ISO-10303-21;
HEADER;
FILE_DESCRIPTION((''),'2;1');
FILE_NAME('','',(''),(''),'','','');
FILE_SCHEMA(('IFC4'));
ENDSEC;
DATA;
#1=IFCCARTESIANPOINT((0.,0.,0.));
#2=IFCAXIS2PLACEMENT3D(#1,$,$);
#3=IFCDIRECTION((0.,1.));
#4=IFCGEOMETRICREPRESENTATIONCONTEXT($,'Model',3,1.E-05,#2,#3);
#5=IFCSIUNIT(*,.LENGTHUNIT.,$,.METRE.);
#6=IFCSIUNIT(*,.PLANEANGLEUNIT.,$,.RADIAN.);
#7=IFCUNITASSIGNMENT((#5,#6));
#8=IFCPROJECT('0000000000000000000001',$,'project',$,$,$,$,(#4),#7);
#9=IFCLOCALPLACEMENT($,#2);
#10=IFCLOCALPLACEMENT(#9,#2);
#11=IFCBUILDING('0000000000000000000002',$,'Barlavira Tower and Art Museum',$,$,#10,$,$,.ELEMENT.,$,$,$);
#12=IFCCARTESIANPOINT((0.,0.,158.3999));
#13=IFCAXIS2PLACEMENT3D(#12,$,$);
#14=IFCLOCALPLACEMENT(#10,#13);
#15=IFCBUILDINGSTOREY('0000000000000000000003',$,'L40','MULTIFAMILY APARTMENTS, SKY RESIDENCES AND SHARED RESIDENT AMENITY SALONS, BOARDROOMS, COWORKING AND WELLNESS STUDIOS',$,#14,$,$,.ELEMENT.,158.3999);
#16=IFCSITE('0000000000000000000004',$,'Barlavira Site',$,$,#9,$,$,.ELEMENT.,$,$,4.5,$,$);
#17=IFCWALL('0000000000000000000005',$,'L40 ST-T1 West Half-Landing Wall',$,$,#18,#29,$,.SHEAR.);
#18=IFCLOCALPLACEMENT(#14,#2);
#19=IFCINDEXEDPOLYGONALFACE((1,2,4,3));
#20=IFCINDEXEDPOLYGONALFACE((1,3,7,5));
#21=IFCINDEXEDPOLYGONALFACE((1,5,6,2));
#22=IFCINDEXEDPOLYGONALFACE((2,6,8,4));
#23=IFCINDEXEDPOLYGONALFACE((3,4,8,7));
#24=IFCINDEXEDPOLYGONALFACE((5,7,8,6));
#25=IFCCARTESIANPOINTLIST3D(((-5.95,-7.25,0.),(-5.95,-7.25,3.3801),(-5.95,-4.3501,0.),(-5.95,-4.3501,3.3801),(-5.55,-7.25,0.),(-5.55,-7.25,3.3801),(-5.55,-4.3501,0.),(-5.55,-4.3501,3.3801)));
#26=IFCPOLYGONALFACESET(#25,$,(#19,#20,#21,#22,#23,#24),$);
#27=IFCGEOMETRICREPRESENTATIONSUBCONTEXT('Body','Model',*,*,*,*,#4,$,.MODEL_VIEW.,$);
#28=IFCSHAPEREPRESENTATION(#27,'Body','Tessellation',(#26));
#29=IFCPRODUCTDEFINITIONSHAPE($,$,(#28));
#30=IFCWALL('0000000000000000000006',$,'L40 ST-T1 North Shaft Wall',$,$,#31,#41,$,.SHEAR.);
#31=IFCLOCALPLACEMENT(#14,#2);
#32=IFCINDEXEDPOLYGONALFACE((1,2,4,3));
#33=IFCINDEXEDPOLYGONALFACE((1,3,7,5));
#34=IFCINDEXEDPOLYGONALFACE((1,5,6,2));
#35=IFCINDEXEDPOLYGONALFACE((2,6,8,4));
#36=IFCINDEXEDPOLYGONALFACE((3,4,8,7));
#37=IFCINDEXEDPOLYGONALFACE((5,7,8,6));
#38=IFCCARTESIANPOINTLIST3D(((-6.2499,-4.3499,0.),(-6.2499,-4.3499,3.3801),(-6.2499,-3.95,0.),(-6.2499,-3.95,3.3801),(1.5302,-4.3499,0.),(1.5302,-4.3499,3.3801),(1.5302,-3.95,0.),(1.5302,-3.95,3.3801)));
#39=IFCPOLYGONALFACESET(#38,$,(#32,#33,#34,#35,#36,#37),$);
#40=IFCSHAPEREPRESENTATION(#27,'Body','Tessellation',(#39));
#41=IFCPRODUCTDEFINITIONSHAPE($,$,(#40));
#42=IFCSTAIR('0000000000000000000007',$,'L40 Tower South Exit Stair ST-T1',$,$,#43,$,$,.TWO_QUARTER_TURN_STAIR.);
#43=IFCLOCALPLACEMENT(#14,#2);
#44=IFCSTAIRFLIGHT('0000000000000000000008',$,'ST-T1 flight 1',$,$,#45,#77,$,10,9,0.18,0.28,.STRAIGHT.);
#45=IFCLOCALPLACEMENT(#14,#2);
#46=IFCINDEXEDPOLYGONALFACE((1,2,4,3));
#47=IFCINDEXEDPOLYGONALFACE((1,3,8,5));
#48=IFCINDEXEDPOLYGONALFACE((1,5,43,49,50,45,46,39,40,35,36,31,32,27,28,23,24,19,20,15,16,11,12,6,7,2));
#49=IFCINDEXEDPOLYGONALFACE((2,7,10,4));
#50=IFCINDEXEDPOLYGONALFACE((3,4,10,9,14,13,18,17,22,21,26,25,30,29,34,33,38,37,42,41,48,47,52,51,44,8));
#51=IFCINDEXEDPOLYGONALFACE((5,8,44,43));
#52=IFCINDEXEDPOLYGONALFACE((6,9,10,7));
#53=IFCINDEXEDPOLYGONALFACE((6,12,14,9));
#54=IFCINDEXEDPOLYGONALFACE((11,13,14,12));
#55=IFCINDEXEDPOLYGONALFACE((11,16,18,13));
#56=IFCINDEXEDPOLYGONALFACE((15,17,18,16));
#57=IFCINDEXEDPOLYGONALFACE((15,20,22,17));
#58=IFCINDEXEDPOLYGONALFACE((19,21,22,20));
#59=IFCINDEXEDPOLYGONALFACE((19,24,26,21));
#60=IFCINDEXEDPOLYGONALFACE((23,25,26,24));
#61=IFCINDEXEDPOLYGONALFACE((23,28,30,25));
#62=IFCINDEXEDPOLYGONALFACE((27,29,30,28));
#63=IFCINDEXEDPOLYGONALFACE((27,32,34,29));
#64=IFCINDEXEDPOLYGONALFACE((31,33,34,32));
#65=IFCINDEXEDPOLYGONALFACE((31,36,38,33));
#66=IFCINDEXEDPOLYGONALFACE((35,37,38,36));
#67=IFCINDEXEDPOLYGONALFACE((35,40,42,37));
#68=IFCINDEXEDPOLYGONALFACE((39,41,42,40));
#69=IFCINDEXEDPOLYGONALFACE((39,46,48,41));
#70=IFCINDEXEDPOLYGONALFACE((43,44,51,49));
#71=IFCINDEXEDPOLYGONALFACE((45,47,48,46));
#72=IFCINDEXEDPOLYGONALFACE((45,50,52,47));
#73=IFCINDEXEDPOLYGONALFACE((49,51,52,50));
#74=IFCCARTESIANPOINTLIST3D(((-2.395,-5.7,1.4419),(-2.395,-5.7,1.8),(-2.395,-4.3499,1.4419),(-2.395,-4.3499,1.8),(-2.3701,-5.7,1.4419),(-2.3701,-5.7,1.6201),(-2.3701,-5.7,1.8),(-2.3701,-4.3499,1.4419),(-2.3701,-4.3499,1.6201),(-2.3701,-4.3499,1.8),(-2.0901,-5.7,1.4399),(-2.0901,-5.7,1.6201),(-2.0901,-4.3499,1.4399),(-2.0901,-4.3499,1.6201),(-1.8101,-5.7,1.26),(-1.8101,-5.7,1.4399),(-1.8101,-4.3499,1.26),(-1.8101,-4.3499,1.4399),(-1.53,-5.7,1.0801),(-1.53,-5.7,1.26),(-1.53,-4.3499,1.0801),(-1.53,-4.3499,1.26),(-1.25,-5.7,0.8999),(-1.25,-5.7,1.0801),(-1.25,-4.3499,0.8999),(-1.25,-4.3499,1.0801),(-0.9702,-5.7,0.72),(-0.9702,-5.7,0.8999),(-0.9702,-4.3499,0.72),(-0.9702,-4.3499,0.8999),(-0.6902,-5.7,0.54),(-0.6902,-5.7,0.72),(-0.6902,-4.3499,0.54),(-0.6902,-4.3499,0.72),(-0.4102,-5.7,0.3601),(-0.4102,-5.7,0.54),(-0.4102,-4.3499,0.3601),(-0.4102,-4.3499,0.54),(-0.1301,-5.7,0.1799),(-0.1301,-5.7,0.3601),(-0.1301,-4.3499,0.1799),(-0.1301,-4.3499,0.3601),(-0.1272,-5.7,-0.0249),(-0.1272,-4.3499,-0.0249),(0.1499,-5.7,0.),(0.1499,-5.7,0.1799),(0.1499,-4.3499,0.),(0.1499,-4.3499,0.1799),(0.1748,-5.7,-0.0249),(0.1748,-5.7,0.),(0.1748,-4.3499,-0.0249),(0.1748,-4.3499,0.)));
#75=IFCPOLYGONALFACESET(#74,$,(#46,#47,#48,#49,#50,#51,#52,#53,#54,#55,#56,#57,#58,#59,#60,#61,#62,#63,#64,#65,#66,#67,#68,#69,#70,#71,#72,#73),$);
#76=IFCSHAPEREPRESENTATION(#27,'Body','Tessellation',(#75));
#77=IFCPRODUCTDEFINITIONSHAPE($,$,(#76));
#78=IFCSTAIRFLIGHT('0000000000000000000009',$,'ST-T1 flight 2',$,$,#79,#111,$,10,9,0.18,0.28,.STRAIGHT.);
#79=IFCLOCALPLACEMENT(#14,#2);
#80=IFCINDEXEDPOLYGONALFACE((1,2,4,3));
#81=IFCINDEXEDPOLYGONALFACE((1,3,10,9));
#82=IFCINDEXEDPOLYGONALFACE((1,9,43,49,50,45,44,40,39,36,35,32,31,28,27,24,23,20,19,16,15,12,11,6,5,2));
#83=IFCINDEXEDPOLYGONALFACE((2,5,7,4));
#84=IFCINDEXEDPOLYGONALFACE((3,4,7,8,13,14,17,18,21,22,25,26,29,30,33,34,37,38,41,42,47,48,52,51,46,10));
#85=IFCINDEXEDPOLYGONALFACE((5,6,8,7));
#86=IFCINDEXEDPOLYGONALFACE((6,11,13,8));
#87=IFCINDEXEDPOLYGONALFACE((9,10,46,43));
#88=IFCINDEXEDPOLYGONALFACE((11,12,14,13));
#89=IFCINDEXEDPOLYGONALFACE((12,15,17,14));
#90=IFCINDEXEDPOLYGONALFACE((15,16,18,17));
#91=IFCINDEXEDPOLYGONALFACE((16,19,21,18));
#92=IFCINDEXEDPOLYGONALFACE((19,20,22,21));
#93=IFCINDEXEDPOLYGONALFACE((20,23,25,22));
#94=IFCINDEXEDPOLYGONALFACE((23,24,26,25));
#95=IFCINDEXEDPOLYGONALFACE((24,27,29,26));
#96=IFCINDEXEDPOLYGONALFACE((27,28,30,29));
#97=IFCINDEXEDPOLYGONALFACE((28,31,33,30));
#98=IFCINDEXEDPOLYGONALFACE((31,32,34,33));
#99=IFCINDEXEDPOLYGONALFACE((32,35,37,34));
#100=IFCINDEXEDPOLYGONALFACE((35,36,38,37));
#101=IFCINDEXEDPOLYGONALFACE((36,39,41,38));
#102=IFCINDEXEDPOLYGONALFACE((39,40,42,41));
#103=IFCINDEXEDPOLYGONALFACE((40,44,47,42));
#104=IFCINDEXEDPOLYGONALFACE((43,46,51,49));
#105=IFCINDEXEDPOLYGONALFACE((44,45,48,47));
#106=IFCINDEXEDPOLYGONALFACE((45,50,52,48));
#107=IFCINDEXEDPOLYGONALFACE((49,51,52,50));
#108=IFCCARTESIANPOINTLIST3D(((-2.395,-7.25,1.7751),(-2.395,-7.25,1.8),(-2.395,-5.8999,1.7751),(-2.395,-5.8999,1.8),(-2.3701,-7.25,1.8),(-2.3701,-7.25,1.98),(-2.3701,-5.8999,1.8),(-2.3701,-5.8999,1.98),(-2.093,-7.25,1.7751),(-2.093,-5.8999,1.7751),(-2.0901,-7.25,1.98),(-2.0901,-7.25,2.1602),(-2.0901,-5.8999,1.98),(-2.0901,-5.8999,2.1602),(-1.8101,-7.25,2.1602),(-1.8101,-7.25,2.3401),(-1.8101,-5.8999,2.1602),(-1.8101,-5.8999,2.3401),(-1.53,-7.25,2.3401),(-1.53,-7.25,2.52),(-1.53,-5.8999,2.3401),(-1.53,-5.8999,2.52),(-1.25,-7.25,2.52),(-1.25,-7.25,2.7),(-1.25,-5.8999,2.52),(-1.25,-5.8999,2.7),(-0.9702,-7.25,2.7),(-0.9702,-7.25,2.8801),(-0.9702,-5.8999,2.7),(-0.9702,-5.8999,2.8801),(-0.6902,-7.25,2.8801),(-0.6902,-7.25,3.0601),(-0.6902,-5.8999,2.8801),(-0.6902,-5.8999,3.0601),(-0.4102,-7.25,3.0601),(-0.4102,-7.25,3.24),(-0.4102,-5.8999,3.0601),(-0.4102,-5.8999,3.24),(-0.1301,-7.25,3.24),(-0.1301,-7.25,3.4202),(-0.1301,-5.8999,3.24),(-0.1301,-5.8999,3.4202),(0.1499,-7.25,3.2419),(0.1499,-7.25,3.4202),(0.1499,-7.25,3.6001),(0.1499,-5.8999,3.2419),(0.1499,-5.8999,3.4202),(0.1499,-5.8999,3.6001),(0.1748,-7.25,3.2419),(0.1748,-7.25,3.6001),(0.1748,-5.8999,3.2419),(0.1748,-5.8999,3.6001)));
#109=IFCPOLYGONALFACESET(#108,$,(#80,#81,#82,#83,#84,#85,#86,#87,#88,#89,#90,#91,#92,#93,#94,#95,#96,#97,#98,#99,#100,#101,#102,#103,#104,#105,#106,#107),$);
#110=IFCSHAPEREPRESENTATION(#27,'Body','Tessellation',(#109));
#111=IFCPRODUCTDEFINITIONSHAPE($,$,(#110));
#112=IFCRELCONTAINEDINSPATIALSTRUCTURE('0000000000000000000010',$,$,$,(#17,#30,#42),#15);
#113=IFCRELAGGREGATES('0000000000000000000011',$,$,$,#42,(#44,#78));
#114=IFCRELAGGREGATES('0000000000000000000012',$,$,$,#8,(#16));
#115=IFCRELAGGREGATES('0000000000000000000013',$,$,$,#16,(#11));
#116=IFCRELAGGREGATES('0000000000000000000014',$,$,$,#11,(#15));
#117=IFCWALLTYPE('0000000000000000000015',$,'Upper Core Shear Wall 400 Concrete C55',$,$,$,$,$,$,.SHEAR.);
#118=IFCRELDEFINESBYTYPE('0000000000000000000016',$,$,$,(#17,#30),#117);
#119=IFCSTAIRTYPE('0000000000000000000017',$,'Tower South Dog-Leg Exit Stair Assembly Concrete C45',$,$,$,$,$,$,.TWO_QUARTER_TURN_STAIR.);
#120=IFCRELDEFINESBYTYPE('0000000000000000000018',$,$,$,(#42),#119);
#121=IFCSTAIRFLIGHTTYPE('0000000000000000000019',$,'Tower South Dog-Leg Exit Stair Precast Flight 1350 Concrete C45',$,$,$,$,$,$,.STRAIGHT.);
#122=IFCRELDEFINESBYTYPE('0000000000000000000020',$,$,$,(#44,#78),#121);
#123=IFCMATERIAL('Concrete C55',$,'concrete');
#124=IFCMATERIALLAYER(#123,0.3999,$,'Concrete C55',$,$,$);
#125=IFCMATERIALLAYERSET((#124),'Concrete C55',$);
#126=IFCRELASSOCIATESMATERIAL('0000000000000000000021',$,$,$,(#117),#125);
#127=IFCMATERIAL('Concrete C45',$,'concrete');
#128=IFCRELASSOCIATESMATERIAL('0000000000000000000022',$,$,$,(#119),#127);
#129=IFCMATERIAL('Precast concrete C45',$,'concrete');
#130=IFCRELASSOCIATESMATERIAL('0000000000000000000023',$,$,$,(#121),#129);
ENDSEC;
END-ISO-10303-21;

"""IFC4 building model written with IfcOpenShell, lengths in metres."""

from ifc_helpers import new_model, si_unit, direction, frame, frame_2d, origin, place, context, subcontext, project, spatial, polyline, rectangle, outline, extrude, material, layer, layer_set, type_object, element, aggregate, save


model = new_model("IFC4")

# Units and contexts
model_context = context("Model", 3, precision=1e-05, world=origin(), true_north=direction((0.0, 1.0)))
body_context = subcontext(model_context, "Body", "Model", "MODEL_VIEW")
ifc_project = project(units=[si_unit("LENGTHUNIT", "METRE"), si_unit("PLANEANGLEUNIT", "RADIAN")], contexts=[model_context])

# Site, building, storey
site_placement = place(None, origin())
site = spatial("IfcSite", under=ifc_project, at=site_placement, Name="Barlavira Site", CompositionType="ELEMENT", RefElevation=4.5)
building_placement = place(site_placement, origin())
building = spatial("IfcBuilding", under=site, at=building_placement, Name="Barlavira Tower and Art Museum", CompositionType="ELEMENT")
storey_placement = place(building_placement, frame((0.0, 0.0, 158.3999)))
storey = spatial("IfcBuildingStorey", under=building, at=storey_placement, Name="L40", Description="MULTIFAMILY APARTMENTS, SKY RESIDENCES AND SHARED RESIDENT AMENITY SALONS, BOARDROOMS, COWORKING AND WELLNESS STUDIOS", CompositionType="ELEMENT", Elevation=158.3999)

# Walls
ifc_material_1 = material(Name="Concrete C55", Category="concrete")
ifc_layer_1 = layer(ifc_material_1, 0.3999, Name="Concrete C55")
ifc_layer_set_1 = layer_set([ifc_layer_1], Name="Concrete C55")
wall_type_1 = type_object("IfcWallType", Name="Upper Core Shear Wall 400 Concrete C55", PredefinedType="SHEAR", material=ifc_layer_set_1)
wall_1_placement = place(storey_placement, frame((-5.75, -7.25, 0.0), z_axis=(0.0, 0.0, 1.0), x_axis=(0.0, 1.0, 0.0)))
element("IfcWall", 1, at=wall_1_placement, inside=storey, type_object=wall_type_1, Name="L40 ST-T1 West Half-Landing Wall", PredefinedType="SHEAR", context=body_context, shape_type="SweptSolid", body=[
    extrude(rectangle(XDim=2.8999, YDim=0.3999, at=frame_2d((1.45, 0.0))), origin(), (0.0, 0.0, 1.0), 3.3801),
])
wall_2_placement = place(storey_placement, frame((-6.25, -4.1499, 0.0), z_axis=(0.0, 0.0, 1.0), x_axis=(1.0, 0.0, 0.0)))
element("IfcWall", 2, at=wall_2_placement, inside=storey, type_object=wall_type_1, Name="L40 ST-T1 North Shaft Wall", PredefinedType="SHEAR", context=body_context, shape_type="SweptSolid", body=[
    extrude(rectangle(XDim=7.78, YDim=0.3999, at=frame_2d((3.8901, 0.0))), origin(), (0.0, 0.0, 1.0), 3.3801),
])

# Stair, stair flights
ifc_material_2 = material(Name="Concrete C45", Category="concrete")
stair_type = type_object("IfcStairType", Name="Tower South Dog-Leg Exit Stair Assembly Concrete C45", PredefinedType="TWO_QUARTER_TURN_STAIR", material=ifc_material_2)
stair_placement = place(storey_placement, origin())
stair = element("IfcStair", 3, at=stair_placement, inside=storey, type_object=stair_type, Name="L40 Tower South Exit Stair ST-T1", PredefinedType="TWO_QUARTER_TURN_STAIR")
ifc_material_3 = material(Name="Precast concrete C45", Category="concrete")
stair_flight_type = type_object("IfcStairFlightType", Name="Tower South Dog-Leg Exit Stair Precast Flight 1350 Concrete C45", PredefinedType="STRAIGHT", material=ifc_material_3)
stair_flight_1_placement = place(storey_placement, frame((0.1499, -5.0249, 0.0), z_axis=(0.0, 0.0, 1.0), x_axis=(-1.0, 0.0, 0.0)))
stair_flight_1 = element("IfcStairFlight", 4, at=stair_flight_1_placement, type_object=stair_flight_type, Name="ST-T1 flight 1", NumberOfRisers=10, NumberOfTreads=9, PredefinedType="STRAIGHT", RiserHeight=0.18, TreadLength=0.28, context=body_context, shape_type="SweptSolid", body=[
    extrude(outline(polyline([(-0.0249, 0.0), (0.0, 0.0), (0.0, 0.1799), (0.28, 0.1799), (0.28, 0.3601), (0.5601, 0.3601), (0.5601, 0.54), (0.8401, 0.54), (0.8401, 0.72), (1.1201, 0.72), (1.1201, 0.8999), (1.3999, 0.8999), (1.3999, 1.0801), (1.6799, 1.0801), (1.6799, 1.26), (1.96, 1.26), (1.96, 1.4399), (2.24, 1.4399), (2.24, 1.6201), (2.52, 1.6201), (2.52, 1.8), (2.5449, 1.8), (2.5449, 1.4419), (2.52, 1.4419), (0.2771, -0.0249), (-0.0249, -0.0249), (-0.0249, 0.0)])), frame((0.0, 0.675, 0.0), z_axis=(0.0, -1.0, 0.0), x_axis=(1.0, 0.0, 0.0)), (0.0, 0.0, 1.0), 1.3501),
])
stair_flight_2_placement = place(storey_placement, frame((-2.3701, -6.575, 1.8), z_axis=(0.0, 0.0, 1.0), x_axis=(1.0, 0.0, 0.0)))
stair_flight_2 = element("IfcStairFlight", 5, at=stair_flight_2_placement, type_object=stair_flight_type, Name="ST-T1 flight 2", NumberOfRisers=10, NumberOfTreads=9, PredefinedType="STRAIGHT", RiserHeight=0.18, TreadLength=0.28, context=body_context, shape_type="SweptSolid", body=[
    extrude(outline(polyline([(-0.0249, 0.0), (0.0, 0.0), (0.0, 0.1799), (0.28, 0.1799), (0.28, 0.3601), (0.5601, 0.3601), (0.5601, 0.54), (0.8401, 0.54), (0.8401, 0.72), (1.1201, 0.72), (1.1201, 0.8999), (1.3999, 0.8999), (1.3999, 1.0801), (1.6799, 1.0801), (1.6799, 1.26), (1.96, 1.26), (1.96, 1.4399), (2.24, 1.4399), (2.24, 1.6201), (2.52, 1.6201), (2.52, 1.8), (2.5449, 1.8), (2.5449, 1.4419), (2.52, 1.4419), (0.2771, -0.0249), (-0.0249, -0.0249), (-0.0249, 0.0)])), frame((0.0, 0.675, 0.0), z_axis=(0.0, -1.0, 0.0), x_axis=(1.0, 0.0, 0.0)), (0.0, 0.0, 1.0), 1.3501),
])
aggregate(stair, [stair_flight_1, stair_flight_2])

save(model, "model.ifc")
